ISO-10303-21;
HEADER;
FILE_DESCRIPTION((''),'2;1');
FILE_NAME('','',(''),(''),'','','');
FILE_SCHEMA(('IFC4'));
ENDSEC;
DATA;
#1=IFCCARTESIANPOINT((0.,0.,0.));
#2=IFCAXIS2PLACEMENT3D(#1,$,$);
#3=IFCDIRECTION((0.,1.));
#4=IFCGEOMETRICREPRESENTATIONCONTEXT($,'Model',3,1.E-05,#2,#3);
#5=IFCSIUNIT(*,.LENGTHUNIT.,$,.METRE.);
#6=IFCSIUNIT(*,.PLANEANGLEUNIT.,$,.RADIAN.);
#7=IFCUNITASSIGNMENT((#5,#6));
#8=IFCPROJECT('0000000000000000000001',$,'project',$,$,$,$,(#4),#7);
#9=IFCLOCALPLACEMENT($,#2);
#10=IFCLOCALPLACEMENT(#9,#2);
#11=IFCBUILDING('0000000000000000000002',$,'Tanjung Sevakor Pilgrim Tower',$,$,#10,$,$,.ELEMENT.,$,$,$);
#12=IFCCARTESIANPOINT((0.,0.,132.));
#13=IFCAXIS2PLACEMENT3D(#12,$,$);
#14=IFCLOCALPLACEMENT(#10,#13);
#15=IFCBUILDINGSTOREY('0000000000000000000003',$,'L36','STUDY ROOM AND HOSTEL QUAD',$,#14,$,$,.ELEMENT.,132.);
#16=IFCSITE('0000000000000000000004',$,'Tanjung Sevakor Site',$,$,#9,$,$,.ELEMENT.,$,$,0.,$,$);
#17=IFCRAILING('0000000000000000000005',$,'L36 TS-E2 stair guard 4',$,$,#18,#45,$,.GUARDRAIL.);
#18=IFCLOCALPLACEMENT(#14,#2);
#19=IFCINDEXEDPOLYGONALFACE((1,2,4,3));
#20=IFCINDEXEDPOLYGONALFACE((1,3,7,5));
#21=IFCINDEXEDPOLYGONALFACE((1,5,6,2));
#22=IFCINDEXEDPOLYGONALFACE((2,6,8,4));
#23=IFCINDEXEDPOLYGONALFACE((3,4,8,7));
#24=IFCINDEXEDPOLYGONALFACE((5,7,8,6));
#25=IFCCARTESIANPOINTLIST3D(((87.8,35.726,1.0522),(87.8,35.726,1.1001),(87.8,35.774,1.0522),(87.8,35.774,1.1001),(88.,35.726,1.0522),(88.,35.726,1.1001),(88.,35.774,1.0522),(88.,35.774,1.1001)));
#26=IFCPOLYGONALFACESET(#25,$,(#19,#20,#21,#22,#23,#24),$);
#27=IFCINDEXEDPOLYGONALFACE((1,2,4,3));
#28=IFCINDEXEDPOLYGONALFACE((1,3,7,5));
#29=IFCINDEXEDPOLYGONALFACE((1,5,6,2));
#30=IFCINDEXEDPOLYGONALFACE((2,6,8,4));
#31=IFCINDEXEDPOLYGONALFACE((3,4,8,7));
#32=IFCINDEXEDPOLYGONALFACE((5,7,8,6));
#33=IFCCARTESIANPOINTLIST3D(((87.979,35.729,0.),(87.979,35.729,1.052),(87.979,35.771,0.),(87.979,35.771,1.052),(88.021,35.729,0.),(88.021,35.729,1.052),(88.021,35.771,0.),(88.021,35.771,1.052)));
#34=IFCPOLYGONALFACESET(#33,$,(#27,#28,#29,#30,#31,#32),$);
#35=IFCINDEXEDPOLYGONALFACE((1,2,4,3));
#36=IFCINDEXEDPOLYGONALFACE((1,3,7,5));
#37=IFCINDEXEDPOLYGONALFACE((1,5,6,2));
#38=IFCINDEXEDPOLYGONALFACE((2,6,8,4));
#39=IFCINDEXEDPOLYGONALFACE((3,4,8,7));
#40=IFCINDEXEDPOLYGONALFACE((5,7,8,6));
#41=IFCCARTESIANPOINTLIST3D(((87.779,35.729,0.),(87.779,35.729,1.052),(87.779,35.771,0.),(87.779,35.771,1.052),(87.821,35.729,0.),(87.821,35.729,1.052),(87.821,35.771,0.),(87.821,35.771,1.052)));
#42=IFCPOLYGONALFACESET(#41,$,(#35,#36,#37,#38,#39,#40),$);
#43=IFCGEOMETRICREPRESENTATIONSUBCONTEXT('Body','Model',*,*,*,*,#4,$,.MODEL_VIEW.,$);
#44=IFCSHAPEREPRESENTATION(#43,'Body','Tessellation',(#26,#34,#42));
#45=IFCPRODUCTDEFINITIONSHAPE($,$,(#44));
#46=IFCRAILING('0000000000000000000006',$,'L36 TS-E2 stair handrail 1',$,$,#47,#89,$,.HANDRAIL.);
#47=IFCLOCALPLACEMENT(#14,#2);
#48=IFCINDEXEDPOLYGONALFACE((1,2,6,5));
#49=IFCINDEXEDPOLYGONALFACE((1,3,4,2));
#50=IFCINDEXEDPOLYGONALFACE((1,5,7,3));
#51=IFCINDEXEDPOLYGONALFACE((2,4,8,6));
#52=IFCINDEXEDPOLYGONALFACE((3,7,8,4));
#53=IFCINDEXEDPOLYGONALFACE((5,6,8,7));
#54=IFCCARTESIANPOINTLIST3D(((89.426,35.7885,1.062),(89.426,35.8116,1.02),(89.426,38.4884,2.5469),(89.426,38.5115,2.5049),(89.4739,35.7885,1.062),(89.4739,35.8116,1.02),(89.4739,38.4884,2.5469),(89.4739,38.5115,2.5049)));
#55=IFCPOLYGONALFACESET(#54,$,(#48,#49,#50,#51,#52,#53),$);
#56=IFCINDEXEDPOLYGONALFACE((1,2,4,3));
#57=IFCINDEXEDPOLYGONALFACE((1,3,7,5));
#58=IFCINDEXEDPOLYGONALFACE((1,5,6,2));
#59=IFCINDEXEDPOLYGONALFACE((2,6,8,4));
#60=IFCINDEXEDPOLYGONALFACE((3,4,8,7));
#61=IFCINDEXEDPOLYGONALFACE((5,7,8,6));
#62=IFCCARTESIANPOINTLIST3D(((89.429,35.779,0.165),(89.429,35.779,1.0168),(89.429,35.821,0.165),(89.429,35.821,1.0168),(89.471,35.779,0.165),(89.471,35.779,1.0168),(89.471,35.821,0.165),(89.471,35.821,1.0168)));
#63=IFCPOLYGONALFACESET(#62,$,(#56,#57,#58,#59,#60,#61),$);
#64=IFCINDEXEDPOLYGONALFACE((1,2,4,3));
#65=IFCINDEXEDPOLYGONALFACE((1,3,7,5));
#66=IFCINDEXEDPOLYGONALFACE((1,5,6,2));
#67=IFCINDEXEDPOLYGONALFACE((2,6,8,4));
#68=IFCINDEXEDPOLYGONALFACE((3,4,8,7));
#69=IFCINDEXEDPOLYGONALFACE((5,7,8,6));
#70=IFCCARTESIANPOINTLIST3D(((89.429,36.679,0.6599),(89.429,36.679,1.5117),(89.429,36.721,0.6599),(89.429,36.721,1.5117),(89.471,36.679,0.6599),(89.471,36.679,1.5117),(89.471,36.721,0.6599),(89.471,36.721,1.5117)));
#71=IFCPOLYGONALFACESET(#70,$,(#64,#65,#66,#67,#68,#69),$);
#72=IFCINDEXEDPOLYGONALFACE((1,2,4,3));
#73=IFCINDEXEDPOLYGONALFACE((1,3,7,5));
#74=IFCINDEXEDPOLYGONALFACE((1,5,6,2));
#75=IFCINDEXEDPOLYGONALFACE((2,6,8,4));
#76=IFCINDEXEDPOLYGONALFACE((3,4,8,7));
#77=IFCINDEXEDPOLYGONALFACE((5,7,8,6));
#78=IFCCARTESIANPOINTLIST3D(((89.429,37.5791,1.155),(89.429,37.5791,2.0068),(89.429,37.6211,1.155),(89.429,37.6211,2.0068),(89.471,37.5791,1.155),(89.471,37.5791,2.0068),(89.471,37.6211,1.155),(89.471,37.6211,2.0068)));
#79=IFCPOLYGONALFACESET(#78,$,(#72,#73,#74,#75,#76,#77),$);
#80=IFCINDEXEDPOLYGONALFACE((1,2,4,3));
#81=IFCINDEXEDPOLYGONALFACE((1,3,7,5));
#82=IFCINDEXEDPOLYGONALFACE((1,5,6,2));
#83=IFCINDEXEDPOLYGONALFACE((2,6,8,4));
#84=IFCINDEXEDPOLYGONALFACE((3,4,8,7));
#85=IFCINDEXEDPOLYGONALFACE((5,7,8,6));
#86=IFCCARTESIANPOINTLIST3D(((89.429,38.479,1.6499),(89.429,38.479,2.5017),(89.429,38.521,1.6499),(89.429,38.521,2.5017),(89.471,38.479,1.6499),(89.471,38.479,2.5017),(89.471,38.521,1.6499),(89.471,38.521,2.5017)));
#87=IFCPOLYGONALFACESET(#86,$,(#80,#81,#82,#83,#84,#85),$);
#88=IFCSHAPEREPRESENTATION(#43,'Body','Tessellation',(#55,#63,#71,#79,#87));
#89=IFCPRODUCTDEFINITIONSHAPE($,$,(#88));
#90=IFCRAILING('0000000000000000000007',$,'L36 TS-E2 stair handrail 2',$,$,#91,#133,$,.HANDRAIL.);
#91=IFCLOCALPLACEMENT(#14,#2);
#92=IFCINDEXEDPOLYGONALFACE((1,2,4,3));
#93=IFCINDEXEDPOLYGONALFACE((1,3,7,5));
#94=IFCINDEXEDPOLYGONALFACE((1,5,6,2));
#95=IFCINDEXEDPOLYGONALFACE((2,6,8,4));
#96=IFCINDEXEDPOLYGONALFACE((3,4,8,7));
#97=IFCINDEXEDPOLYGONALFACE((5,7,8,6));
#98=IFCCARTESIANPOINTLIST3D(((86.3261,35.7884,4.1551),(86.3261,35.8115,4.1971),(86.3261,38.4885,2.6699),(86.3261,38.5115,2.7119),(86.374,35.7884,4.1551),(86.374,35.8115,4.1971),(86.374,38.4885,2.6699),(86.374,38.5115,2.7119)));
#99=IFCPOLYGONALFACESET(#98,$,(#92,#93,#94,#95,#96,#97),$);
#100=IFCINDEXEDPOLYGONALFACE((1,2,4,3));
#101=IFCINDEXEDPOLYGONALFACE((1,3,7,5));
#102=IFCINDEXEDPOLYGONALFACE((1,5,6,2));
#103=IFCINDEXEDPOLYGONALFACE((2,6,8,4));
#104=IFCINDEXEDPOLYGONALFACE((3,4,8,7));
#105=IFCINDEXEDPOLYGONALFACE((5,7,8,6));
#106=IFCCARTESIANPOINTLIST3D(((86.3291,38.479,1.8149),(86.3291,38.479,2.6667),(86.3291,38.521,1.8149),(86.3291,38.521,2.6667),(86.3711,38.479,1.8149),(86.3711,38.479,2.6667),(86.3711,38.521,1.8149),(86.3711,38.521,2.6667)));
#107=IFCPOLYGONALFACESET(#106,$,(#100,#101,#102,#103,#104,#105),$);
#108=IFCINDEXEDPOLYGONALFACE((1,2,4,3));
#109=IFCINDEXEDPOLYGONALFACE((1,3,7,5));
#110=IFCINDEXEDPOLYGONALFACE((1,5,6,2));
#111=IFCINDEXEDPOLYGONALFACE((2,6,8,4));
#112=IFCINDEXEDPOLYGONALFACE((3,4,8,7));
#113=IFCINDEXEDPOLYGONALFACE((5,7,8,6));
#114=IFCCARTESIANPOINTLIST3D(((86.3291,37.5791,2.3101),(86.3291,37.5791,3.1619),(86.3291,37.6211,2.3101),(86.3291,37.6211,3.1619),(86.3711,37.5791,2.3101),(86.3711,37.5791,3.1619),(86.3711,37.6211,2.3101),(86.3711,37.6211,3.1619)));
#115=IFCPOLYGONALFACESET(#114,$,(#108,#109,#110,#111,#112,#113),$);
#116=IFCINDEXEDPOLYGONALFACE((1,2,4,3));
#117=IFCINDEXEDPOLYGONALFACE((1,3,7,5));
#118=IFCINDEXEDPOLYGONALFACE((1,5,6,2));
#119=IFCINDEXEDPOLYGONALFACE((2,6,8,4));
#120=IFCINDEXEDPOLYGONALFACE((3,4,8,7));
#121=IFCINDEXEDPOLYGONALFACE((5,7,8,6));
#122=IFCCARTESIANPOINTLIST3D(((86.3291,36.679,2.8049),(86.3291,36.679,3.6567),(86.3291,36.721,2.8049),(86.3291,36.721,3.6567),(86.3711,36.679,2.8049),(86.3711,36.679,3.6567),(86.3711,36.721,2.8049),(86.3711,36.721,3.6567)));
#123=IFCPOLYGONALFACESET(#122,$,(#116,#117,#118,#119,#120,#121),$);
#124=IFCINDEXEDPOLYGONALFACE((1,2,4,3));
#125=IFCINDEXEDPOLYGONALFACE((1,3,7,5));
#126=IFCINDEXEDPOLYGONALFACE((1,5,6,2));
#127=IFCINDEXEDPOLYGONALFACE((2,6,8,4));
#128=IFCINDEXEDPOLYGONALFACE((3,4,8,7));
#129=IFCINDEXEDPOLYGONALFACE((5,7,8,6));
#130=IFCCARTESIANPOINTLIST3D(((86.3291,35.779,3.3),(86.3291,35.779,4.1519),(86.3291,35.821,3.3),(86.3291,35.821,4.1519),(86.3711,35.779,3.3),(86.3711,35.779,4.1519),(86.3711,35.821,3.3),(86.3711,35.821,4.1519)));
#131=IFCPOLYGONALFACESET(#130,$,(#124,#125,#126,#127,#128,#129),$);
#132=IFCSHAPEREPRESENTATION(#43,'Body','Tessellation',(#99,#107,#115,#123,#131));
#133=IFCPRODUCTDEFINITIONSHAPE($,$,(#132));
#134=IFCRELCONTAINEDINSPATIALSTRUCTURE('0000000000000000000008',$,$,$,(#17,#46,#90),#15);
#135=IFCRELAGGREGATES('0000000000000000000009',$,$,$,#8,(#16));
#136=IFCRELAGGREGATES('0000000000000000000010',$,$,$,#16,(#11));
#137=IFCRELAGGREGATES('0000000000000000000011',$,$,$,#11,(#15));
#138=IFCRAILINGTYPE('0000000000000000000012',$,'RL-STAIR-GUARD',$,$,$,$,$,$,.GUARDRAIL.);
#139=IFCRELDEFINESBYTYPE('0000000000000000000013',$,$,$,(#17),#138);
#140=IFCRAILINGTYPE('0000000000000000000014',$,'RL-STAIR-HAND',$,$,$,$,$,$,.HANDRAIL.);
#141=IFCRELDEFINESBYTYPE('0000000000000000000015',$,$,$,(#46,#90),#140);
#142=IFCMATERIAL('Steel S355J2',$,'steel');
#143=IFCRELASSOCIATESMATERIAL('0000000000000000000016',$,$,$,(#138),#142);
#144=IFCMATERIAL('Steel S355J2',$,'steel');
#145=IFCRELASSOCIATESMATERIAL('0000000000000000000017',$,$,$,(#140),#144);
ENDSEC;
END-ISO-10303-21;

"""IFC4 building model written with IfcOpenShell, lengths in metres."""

from ifc_helpers import new_model, si_unit, direction, frame, origin, place, context, subcontext, project, spatial, rectangle, extrude, material, type_object, element, save


model = new_model("IFC4")

# Units and contexts
model_context = context("Model", 3, precision=1e-05, world=origin(), true_north=direction((0.0, 1.0)))
body_context = subcontext(model_context, "Body", "Model", "MODEL_VIEW")
ifc_project = project(units=[si_unit("LENGTHUNIT", "METRE"), si_unit("PLANEANGLEUNIT", "RADIAN")], contexts=[model_context])

# Site, building, storey
site_placement = place(None, origin())
site = spatial("IfcSite", under=ifc_project, at=site_placement, Name="Tanjung Sevakor Site", CompositionType="ELEMENT", RefElevation=0.0)
building_placement = place(site_placement, origin())
building = spatial("IfcBuilding", under=site, at=building_placement, Name="Tanjung Sevakor Pilgrim Tower", CompositionType="ELEMENT")
storey_placement = place(building_placement, frame((0.0, 0.0, 132.0)))
storey = spatial("IfcBuildingStorey", under=building, at=storey_placement, Name="L36", Description="STUDY ROOM AND HOSTEL QUAD", CompositionType="ELEMENT", Elevation=132.0)

# Railings
ifc_material_1 = material(Name="Steel S355J2", Category="steel")
railing_type_1 = type_object("IfcRailingType", Name="RL-STAIR-GUARD", PredefinedType="GUARDRAIL", material=ifc_material_1)
railing_1_placement = place(storey_placement, frame((88.0, 35.75, 0.0)))
element("IfcRailing", 1, at=railing_1_placement, inside=storey, type_object=railing_type_1, Name="L36 TS-E2 stair guard 4", PredefinedType="GUARDRAIL", context=body_context, shape_type="SweptSolid", body=[
    extrude(rectangle(XDim=0.0479, YDim=0.0479), frame((0.0, 0.0, 1.0762), z_axis=(-1.0, 0.0, 0.0), x_axis=(0.0, -1.0, 0.0)), (0.0, 0.0, 1.0), 0.2),
    extrude(rectangle(XDim=0.042, YDim=0.042), origin(), (0.0, 0.0, 1.0), 1.052),
    extrude(rectangle(XDim=0.042, YDim=0.042), frame((-0.2, 0.0, 0.0)), (0.0, 0.0, 1.0), 1.052),
])
ifc_material_2 = material(Name="Steel S355J2", Category="steel")
railing_type_2 = type_object("IfcRailingType", Name="RL-STAIR-HAND", PredefinedType="HANDRAIL", material=ifc_material_2)
railing_2_placement = place(storey_placement, frame((89.45, 35.8, 0.165)))
element("IfcRailing", 2, at=railing_2_placement, inside=storey, type_object=railing_type_2, Name="L36 TS-E2 stair handrail 1", PredefinedType="HANDRAIL", context=body_context, shape_type="SweptSolid", body=[
    extrude(rectangle(XDim=0.0479, YDim=0.0479), frame((0.0, 0.0, 0.876), z_axis=(0.0, 0.876231, 0.481891), x_axis=(-1.0, 0.0, 0.0)), (0.0, 0.0, 1.0), 3.0813),
    extrude(rectangle(XDim=0.042, YDim=0.042), origin(), (0.0, 0.0, 1.0), 0.8518),
    extrude(rectangle(XDim=0.042, YDim=0.042), frame((0.0, 0.8999, 0.4949)), (0.0, 0.0, 1.0), 0.8518),
    extrude(rectangle(XDim=0.042, YDim=0.042), frame((0.0, 1.8, 0.99)), (0.0, 0.0, 1.0), 0.8518),
    extrude(rectangle(XDim=0.042, YDim=0.042), frame((0.0, 2.7, 1.4849)), (0.0, 0.0, 1.0), 0.8518),
])
railing_3_placement = place(storey_placement, frame((86.3501, 38.5, 1.8149)))
element("IfcRailing", 3, at=railing_3_placement, inside=storey, type_object=railing_type_2, Name="L36 TS-E2 stair handrail 2", PredefinedType="HANDRAIL", context=body_context, shape_type="SweptSolid", body=[
    extrude(rectangle(XDim=0.0479, YDim=0.0479), frame((0.0, 0.0, 0.876), z_axis=(0.0, -0.876198, 0.481952), x_axis=(1.0, 0.0, 0.0)), (0.0, 0.0, 1.0), 3.0815),
    extrude(rectangle(XDim=0.042, YDim=0.042), origin(), (0.0, 0.0, 1.0), 0.8518),
    extrude(rectangle(XDim=0.042, YDim=0.042), frame((0.0, -0.8999, 0.4951)), (0.0, 0.0, 1.0), 0.8518),
    extrude(rectangle(XDim=0.042, YDim=0.042), frame((0.0, -1.8, 0.99)), (0.0, 0.0, 1.0), 0.8518),
    extrude(rectangle(XDim=0.042, YDim=0.042), frame((0.0, -2.7, 1.4851)), (0.0, 0.0, 1.0), 0.8518),
])

save(model, "model.ifc")
